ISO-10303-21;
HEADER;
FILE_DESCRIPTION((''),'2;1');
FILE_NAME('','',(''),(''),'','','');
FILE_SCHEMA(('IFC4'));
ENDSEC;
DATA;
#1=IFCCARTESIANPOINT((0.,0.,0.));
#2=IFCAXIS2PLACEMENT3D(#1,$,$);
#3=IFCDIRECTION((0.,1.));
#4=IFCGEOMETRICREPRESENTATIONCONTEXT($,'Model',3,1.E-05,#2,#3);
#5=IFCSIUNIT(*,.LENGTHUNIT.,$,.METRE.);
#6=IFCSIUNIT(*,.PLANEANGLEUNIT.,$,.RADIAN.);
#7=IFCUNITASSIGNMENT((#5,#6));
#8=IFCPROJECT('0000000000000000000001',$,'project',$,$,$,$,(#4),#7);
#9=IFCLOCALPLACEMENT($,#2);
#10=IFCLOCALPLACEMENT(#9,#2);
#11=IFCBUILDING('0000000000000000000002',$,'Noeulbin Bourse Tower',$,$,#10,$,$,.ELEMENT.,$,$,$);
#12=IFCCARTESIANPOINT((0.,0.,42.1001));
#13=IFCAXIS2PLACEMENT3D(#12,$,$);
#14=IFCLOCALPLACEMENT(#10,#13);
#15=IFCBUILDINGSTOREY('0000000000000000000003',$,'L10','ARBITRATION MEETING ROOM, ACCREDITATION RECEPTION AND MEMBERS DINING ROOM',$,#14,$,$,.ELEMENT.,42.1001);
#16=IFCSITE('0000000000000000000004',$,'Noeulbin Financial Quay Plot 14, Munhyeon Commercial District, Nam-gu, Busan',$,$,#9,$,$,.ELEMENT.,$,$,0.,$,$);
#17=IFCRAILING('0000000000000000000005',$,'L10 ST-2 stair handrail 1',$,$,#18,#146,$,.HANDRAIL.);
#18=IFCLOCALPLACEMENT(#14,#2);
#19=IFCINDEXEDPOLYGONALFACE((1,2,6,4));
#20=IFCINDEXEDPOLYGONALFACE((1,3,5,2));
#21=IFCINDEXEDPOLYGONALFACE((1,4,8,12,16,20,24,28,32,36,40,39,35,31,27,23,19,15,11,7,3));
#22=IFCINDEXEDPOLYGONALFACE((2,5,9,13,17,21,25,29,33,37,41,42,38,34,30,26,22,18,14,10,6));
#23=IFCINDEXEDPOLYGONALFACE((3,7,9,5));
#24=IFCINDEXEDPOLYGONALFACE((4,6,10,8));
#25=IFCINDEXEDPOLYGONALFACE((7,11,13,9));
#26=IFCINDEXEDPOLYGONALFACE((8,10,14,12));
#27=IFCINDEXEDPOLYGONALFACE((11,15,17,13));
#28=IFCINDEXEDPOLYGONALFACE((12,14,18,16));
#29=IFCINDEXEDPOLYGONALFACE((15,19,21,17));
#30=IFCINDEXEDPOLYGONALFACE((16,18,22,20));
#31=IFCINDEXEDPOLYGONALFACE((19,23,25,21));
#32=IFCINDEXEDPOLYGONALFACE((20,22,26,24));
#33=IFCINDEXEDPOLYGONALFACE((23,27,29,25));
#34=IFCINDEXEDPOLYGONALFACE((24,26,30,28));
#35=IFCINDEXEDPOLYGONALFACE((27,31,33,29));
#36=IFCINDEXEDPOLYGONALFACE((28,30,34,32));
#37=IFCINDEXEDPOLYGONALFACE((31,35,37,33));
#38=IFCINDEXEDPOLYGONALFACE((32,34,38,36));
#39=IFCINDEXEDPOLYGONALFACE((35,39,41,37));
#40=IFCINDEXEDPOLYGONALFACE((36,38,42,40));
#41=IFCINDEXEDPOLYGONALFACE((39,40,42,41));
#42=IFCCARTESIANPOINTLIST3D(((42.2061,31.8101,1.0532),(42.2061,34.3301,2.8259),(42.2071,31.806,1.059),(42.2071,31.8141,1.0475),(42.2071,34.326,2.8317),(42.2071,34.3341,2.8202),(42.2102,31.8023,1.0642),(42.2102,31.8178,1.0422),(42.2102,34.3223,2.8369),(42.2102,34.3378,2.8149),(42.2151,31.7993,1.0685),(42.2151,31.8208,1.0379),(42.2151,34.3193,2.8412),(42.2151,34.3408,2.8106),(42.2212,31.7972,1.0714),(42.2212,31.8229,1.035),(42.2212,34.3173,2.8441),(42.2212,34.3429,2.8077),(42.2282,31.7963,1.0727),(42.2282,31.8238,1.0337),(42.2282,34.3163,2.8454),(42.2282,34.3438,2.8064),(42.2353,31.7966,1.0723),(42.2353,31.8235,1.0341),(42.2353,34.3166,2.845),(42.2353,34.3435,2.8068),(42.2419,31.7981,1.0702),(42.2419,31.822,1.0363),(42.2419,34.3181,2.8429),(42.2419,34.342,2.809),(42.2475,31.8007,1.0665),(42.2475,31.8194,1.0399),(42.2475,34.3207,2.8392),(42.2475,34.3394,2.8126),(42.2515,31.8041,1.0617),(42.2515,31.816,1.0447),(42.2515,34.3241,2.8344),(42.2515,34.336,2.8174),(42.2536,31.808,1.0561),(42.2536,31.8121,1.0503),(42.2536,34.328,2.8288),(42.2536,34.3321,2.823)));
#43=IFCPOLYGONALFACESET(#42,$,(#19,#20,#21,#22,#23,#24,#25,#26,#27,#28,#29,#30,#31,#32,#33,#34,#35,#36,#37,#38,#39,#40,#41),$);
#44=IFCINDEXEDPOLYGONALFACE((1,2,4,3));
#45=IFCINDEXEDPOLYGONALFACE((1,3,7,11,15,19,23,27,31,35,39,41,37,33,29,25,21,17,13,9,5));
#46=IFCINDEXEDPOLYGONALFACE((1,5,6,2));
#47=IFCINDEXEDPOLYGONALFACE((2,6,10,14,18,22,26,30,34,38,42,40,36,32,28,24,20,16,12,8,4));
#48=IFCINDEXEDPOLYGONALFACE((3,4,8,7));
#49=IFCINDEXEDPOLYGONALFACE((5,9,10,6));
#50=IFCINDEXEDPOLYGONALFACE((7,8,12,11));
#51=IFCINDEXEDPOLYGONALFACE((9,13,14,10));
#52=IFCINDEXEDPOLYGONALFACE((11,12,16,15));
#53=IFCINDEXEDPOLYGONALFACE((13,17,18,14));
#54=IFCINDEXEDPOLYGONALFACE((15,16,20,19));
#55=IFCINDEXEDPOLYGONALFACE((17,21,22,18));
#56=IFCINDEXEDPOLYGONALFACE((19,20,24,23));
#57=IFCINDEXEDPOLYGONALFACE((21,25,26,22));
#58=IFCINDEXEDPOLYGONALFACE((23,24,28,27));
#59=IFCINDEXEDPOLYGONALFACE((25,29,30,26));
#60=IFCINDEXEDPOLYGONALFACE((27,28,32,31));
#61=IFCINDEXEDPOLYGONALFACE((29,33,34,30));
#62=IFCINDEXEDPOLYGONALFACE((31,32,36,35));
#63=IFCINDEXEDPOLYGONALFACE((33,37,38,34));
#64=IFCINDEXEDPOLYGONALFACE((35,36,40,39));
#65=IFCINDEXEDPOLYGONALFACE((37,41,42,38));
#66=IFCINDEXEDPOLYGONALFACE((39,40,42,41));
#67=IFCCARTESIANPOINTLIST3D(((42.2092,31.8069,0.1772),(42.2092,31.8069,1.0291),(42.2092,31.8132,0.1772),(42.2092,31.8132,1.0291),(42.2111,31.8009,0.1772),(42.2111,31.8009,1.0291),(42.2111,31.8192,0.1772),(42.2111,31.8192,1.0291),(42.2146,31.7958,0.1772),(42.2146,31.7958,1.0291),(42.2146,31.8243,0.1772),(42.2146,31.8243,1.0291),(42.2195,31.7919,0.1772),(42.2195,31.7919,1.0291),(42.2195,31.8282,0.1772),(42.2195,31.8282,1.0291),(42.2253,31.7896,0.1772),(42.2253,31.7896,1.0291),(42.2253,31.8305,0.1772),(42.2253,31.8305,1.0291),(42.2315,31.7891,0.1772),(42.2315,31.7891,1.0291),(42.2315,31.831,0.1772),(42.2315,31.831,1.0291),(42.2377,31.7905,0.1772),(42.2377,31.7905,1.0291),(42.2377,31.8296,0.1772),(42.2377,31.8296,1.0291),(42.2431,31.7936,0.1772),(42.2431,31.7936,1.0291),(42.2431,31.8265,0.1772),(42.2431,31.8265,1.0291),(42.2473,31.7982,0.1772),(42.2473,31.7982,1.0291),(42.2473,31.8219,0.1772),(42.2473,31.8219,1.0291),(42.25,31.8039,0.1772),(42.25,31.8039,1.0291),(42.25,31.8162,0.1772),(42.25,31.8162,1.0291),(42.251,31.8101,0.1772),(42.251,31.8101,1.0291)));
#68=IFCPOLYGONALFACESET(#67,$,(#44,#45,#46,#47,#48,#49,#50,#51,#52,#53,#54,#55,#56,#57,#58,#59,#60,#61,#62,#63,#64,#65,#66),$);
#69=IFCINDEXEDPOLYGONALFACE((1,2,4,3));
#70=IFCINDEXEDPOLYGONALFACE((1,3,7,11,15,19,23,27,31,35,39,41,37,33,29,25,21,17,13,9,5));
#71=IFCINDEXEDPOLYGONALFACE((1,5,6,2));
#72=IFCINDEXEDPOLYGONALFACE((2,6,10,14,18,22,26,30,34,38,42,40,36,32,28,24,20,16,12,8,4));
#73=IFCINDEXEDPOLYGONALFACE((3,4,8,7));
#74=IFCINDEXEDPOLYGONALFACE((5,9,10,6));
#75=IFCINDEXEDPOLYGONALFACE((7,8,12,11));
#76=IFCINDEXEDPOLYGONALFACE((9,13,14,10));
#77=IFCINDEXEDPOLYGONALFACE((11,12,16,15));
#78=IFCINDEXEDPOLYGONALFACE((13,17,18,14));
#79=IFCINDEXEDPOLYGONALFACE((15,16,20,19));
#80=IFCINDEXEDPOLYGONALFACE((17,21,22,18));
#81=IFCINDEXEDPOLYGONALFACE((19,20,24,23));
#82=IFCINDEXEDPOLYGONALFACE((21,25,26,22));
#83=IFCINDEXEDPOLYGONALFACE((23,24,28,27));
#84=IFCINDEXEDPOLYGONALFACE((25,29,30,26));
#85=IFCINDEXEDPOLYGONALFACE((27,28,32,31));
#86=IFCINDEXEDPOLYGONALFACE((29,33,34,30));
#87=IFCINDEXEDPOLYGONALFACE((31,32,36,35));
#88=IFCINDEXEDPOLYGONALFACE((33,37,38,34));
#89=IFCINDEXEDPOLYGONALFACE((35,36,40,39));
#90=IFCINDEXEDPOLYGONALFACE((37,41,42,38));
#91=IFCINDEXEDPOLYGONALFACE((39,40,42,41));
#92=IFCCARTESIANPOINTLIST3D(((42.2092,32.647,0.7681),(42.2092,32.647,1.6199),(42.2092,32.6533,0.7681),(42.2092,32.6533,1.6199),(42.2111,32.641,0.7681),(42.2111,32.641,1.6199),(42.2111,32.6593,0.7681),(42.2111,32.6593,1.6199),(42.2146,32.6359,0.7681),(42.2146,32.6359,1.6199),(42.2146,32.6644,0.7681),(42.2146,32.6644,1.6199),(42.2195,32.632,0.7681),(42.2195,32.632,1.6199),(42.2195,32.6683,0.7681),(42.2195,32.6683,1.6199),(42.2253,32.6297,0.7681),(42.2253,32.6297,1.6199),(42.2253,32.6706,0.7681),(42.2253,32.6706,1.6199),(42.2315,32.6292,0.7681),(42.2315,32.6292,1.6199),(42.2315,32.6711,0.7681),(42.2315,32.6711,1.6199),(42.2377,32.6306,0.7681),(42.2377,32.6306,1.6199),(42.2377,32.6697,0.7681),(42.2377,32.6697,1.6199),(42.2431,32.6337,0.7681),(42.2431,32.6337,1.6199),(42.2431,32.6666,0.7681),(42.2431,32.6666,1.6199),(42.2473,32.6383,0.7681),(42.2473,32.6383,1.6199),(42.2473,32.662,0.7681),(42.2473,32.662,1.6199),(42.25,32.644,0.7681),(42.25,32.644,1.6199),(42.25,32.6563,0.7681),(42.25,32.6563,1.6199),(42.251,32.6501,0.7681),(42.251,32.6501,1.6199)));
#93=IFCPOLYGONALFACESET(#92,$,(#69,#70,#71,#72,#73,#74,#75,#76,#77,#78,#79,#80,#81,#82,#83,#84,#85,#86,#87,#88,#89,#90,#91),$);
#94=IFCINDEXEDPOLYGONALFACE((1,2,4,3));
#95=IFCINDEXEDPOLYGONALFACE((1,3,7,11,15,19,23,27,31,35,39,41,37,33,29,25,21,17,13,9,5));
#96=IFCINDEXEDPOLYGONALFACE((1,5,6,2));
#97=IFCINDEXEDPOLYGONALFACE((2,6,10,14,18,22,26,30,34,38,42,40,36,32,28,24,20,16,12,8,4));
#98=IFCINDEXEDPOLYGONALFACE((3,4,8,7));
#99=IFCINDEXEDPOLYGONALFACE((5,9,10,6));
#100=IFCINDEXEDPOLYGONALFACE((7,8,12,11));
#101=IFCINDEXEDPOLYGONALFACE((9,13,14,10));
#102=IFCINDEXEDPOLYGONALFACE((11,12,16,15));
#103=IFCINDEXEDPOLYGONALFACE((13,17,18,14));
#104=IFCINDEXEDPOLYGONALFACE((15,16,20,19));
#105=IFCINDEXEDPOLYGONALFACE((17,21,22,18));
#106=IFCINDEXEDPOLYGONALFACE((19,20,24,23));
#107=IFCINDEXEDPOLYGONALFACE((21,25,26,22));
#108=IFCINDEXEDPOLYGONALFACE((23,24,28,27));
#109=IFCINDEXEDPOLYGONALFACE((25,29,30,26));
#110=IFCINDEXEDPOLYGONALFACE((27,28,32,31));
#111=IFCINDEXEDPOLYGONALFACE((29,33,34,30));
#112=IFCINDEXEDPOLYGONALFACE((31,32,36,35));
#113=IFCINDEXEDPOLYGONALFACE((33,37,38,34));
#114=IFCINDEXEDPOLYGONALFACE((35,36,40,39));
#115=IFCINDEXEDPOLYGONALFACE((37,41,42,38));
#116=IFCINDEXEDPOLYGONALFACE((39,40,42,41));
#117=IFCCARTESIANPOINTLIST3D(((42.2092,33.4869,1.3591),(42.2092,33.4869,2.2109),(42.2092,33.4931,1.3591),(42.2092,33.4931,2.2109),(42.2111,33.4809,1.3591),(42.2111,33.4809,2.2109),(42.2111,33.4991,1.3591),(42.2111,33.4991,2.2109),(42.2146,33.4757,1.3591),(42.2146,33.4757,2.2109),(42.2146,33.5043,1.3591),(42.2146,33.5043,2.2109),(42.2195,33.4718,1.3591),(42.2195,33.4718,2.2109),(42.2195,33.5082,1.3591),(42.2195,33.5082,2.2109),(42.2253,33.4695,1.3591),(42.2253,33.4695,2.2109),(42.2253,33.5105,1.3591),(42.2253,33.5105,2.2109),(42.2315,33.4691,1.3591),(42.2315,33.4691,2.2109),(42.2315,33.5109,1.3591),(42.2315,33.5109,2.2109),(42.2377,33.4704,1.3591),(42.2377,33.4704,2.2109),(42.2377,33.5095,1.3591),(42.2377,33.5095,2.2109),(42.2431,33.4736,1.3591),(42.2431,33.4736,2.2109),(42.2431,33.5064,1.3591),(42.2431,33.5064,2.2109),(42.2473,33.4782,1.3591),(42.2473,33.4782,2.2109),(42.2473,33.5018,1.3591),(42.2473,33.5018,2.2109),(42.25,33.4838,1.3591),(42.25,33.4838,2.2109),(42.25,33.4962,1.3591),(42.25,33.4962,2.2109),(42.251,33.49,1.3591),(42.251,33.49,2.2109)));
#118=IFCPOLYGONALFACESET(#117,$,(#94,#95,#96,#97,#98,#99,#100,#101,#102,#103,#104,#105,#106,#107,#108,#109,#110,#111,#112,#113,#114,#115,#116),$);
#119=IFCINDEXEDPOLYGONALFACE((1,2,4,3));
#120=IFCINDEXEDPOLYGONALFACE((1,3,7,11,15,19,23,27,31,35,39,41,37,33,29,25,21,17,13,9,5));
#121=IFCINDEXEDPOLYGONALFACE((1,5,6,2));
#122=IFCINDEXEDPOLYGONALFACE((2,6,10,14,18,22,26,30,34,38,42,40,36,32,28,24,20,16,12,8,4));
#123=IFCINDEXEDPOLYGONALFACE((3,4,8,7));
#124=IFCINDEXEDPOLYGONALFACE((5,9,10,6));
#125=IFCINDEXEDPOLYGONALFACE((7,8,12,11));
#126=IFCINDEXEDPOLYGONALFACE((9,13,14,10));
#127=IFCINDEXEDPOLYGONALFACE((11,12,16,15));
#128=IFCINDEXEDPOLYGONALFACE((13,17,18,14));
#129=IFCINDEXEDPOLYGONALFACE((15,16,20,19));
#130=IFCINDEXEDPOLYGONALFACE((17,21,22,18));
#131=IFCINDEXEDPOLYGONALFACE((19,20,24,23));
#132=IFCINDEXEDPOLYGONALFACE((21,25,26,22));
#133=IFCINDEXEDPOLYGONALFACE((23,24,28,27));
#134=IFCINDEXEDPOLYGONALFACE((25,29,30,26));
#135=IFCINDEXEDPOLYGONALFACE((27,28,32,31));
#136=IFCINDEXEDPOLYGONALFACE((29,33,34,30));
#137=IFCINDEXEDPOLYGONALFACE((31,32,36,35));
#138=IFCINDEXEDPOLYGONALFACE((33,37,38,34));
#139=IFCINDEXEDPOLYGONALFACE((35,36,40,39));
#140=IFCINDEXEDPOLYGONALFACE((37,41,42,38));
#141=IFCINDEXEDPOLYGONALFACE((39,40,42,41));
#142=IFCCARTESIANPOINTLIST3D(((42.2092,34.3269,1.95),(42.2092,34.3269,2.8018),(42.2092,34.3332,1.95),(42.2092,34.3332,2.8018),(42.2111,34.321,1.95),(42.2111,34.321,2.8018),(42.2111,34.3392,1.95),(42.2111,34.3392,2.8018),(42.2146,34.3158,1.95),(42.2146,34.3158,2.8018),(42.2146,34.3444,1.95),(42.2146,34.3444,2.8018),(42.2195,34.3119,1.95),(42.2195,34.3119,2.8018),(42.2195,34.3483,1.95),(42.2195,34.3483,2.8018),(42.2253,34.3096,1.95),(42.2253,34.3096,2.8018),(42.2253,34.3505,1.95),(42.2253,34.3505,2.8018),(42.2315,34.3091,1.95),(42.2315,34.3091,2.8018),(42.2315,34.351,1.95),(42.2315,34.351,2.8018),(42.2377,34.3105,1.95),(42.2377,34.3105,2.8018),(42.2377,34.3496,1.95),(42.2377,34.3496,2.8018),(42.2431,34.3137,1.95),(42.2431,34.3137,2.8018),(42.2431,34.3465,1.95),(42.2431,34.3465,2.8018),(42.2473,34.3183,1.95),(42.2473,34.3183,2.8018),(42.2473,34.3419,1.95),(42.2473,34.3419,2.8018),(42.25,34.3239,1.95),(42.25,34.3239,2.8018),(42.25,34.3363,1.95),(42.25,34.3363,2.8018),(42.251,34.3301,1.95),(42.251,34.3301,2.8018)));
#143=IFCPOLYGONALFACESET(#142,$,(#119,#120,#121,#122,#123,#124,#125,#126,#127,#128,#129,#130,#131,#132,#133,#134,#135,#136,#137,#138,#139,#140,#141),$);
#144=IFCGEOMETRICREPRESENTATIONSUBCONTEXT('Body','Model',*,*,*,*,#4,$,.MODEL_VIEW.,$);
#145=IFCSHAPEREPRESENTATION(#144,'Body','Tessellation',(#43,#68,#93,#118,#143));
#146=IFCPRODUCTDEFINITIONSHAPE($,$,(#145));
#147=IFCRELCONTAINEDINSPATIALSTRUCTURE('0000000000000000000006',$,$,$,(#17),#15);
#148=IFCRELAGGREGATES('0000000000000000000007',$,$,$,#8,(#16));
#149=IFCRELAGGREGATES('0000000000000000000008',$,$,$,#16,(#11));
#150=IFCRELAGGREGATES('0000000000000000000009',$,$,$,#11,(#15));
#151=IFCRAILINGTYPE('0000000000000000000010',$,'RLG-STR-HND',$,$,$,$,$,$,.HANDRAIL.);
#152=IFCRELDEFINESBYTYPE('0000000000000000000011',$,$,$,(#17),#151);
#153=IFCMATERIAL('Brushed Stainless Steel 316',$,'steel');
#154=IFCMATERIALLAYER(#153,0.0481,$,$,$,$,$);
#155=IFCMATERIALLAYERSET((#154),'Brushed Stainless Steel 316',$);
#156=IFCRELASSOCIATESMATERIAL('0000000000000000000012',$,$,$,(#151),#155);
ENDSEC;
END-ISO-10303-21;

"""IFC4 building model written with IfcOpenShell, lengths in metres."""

from ifc_helpers import new_model, si_unit, direction, frame, origin, origin_2d, place, context, subcontext, project, spatial, circle, extrude, material, layer, layer_set, type_object, element, save


model = new_model("IFC4")

# Units and contexts
model_context = context("Model", 3, precision=1e-05, world=origin(), true_north=direction((0.0, 1.0)))
body_context = subcontext(model_context, "Body", "Model", "MODEL_VIEW")
ifc_project = project(units=[si_unit("LENGTHUNIT", "METRE"), si_unit("PLANEANGLEUNIT", "RADIAN")], contexts=[model_context])

# Site, building, storey
site_placement = place(None, origin())
site = spatial("IfcSite", under=ifc_project, at=site_placement, Name="Noeulbin Financial Quay Plot 14, Munhyeon Commercial District, Nam-gu, Busan", CompositionType="ELEMENT", RefElevation=0.0)
building_placement = place(site_placement, origin())
building = spatial("IfcBuilding", under=site, at=building_placement, Name="Noeulbin Bourse Tower", CompositionType="ELEMENT")
storey_placement = place(building_placement, frame((0.0, 0.0, 42.1001)))
storey = spatial("IfcBuildingStorey", under=building, at=storey_placement, Name="L10", Description="ARBITRATION MEETING ROOM, ACCREDITATION RECEPTION AND MEMBERS DINING ROOM", CompositionType="ELEMENT", Elevation=42.1001)

# Railing
ifc_material_1 = material(Name="Brushed Stainless Steel 316", Category="steel")
ifc_layer_1 = layer(ifc_material_1, 0.0481)
ifc_layer_set_1 = layer_set([ifc_layer_1], Name="Brushed Stainless Steel 316")
railing_type_1 = type_object("IfcRailingType", Name="RLG-STR-HND", PredefinedType="HANDRAIL", material=ifc_layer_set_1)
railing_1_placement = place(storey_placement, frame((42.23, 31.8101, 0.1772)))
element("IfcRailing", 1, at=railing_1_placement, inside=storey, type_object=railing_type_1, Name="L10 ST-2 stair handrail 1", PredefinedType="HANDRAIL", context=body_context, shape_type="SweptSolid", body=[
    extrude(circle(Radius=0.0239, at=origin_2d()), frame((0.0, 0.0, 0.876), z_axis=(0.0, 0.817904, 0.575354), x_axis=(-1.0, 0.0, 0.0)), (0.0, 0.0, 1.0), 3.0811),
    extrude(circle(Radius=0.021, at=origin_2d()), origin(), (0.0, 0.0, 1.0), 0.8518),
    extrude(circle(Radius=0.021, at=origin_2d()), frame((0.0, 0.8401, 0.5908)), (0.0, 0.0, 1.0), 0.8518),
    extrude(circle(Radius=0.021, at=origin_2d()), frame((0.0, 1.6799, 1.1819)), (0.0, 0.0, 1.0), 0.8518),
    extrude(circle(Radius=0.021, at=origin_2d()), frame((0.0, 2.52, 1.7727)), (0.0, 0.0, 1.0), 0.8518),
])

save(model, "model.ifc")
